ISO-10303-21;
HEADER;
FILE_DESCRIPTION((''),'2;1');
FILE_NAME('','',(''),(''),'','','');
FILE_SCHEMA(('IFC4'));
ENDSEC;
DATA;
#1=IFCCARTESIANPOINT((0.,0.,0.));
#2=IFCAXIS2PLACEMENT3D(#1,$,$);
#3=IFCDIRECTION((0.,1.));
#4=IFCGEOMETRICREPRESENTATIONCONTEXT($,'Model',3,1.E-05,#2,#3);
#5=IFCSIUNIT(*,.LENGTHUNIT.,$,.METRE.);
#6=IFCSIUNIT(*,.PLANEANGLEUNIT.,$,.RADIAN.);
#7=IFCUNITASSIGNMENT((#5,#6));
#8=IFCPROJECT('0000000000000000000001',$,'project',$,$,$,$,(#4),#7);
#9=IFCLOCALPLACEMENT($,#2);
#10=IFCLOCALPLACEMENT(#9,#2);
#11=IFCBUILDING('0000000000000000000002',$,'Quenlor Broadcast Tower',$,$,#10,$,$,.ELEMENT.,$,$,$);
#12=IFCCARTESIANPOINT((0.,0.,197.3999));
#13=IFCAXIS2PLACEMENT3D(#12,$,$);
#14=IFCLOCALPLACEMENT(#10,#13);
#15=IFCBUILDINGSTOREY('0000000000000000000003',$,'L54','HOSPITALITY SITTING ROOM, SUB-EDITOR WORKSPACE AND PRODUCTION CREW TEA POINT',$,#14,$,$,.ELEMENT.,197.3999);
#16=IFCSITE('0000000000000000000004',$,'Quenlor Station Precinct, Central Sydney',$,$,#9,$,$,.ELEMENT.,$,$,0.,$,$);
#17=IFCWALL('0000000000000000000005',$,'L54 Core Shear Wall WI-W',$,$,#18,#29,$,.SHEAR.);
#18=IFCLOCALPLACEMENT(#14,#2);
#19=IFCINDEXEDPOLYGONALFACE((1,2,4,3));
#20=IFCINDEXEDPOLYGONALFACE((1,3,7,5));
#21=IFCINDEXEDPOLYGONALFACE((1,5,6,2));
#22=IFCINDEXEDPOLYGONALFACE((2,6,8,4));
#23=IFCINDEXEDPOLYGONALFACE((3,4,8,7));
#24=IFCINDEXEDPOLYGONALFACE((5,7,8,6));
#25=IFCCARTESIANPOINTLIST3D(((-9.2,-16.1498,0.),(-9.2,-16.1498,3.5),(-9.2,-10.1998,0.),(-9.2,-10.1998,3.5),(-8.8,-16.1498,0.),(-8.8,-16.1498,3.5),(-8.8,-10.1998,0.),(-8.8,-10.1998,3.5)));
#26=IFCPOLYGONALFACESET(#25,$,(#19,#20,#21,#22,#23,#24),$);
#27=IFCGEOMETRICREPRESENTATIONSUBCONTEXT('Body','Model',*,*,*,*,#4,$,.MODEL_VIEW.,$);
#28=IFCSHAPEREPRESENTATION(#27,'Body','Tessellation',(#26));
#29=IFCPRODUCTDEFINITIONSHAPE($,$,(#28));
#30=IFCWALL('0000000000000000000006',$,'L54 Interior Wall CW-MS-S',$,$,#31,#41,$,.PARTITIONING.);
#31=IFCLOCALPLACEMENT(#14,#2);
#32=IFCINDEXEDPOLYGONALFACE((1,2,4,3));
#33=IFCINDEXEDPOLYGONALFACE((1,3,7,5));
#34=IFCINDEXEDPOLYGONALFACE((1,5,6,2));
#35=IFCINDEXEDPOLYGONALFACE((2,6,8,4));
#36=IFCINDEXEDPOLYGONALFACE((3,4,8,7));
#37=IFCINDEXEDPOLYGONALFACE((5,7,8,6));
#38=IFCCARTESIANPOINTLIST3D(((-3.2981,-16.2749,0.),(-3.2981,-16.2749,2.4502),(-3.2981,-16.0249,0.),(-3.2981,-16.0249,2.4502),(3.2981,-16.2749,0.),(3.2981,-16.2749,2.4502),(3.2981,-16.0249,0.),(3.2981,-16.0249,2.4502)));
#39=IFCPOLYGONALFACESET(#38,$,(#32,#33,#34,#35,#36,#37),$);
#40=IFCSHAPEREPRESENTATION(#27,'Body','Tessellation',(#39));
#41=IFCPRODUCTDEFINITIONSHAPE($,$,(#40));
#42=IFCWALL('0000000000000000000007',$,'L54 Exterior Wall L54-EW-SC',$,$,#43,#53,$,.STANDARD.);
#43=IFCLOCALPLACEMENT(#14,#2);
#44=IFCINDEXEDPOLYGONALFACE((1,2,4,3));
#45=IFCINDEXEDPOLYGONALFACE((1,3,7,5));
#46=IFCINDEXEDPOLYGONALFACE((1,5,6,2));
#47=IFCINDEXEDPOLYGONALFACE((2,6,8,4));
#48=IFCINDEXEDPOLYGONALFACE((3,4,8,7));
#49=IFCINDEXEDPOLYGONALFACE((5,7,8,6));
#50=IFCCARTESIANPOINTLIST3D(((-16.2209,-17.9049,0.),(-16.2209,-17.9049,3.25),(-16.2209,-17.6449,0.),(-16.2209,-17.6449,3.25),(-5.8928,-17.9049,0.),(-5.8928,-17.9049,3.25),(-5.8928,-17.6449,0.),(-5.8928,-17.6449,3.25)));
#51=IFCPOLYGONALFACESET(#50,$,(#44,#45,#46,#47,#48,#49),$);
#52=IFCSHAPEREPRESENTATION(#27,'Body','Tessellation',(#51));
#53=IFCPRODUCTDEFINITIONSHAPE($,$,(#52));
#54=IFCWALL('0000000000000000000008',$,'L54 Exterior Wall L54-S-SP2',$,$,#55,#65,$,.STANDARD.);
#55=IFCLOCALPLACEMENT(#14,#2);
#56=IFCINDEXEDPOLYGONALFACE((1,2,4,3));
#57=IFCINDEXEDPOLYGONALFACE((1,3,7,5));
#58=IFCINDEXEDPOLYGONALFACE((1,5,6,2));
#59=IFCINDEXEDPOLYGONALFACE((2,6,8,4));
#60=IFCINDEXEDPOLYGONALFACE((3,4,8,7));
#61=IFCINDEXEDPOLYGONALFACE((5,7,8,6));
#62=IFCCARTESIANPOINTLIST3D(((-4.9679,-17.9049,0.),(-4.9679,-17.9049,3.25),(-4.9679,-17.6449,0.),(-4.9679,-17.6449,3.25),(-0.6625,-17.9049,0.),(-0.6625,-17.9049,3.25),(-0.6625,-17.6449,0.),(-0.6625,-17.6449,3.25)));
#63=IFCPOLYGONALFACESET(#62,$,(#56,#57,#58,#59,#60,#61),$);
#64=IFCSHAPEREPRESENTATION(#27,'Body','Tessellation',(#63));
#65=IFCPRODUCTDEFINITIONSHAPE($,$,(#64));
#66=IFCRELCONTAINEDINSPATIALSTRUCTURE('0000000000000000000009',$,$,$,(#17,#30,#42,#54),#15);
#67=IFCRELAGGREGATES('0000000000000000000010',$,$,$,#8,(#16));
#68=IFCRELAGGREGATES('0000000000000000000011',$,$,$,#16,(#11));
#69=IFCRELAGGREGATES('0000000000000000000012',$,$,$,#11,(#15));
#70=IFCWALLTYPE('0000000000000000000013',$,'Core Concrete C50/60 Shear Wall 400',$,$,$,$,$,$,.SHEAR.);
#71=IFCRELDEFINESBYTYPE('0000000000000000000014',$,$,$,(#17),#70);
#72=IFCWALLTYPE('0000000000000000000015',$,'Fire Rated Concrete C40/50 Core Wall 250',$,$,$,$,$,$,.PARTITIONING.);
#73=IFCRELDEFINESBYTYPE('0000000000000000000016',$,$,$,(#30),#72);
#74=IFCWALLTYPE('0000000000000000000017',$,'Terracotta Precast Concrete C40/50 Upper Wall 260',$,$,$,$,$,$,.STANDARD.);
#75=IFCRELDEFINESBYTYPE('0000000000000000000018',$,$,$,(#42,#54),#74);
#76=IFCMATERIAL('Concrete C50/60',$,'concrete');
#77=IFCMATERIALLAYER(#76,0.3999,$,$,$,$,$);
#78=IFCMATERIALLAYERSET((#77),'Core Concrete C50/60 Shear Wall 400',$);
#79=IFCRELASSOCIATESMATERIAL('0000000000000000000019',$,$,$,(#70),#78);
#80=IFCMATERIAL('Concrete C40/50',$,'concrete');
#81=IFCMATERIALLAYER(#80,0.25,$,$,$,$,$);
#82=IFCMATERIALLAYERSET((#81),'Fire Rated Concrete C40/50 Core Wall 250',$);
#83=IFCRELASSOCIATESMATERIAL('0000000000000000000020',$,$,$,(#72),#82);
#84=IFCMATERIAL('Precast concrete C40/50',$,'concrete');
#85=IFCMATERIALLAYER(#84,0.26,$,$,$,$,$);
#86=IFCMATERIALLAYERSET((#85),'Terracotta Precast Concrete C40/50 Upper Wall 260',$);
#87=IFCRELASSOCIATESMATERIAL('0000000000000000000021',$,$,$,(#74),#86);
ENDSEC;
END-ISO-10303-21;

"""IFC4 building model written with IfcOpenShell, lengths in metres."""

from ifc_helpers import new_model, si_unit, direction, frame, frame_2d, origin, place, context, subcontext, project, spatial, rectangle, extrude, material, layer, layer_set, type_object, element, save


model = new_model("IFC4")

# Units and contexts
model_context = context("Model", 3, precision=1e-05, world=origin(), true_north=direction((0.0, 1.0)))
body_context = subcontext(model_context, "Body", "Model", "MODEL_VIEW")
ifc_project = project(units=[si_unit("LENGTHUNIT", "METRE"), si_unit("PLANEANGLEUNIT", "RADIAN")], contexts=[model_context])

# Site, building, storey
site_placement = place(None, origin())
site = spatial("IfcSite", under=ifc_project, at=site_placement, Name="Quenlor Station Precinct, Central Sydney", CompositionType="ELEMENT", RefElevation=0.0)
building_placement = place(site_placement, origin())
building = spatial("IfcBuilding", under=site, at=building_placement, Name="Quenlor Broadcast Tower", CompositionType="ELEMENT")
storey_placement = place(building_placement, frame((0.0, 0.0, 197.3999)))
storey = spatial("IfcBuildingStorey", under=building, at=storey_placement, Name="L54", Description="HOSPITALITY SITTING ROOM, SUB-EDITOR WORKSPACE AND PRODUCTION CREW TEA POINT", CompositionType="ELEMENT", Elevation=197.3999)

# Walls
ifc_material_1 = material(Name="Concrete C50/60", Category="concrete")
ifc_layer_1 = layer(ifc_material_1, 0.3999)
ifc_layer_set_1 = layer_set([ifc_layer_1], Name="Core Concrete C50/60 Shear Wall 400")
wall_type_1 = type_object("IfcWallType", Name="Core Concrete C50/60 Shear Wall 400", PredefinedType="SHEAR", material=ifc_layer_set_1)
wall_1_placement = place(storey_placement, frame((-9.0, -16.1499, 0.0), z_axis=(0.0, 0.0, 1.0), x_axis=(0.0, 1.0, 0.0)))
element("IfcWall", 1, at=wall_1_placement, inside=storey, type_object=wall_type_1, Name="L54 Core Shear Wall WI-W", PredefinedType="SHEAR", context=body_context, shape_type="SweptSolid", body=[
    extrude(rectangle(XDim=5.95, YDim=0.3999, at=frame_2d((2.9751, 0.0))), origin(), (0.0, 0.0, 1.0), 3.5),
])
ifc_material_2 = material(Name="Concrete C40/50", Category="concrete")
ifc_layer_2 = layer(ifc_material_2, 0.25)
ifc_layer_set_2 = layer_set([ifc_layer_2], Name="Fire Rated Concrete C40/50 Core Wall 250")
wall_type_2 = type_object("IfcWallType", Name="Fire Rated Concrete C40/50 Core Wall 250", PredefinedType="PARTITIONING", material=ifc_layer_set_2)
wall_2_placement = place(storey_placement, frame((-3.2981, -16.1499, 0.0), z_axis=(0.0, 0.0, 1.0), x_axis=(1.0, 0.0, 0.0)))
element("IfcWall", 2, at=wall_2_placement, inside=storey, type_object=wall_type_2, Name="L54 Interior Wall CW-MS-S", PredefinedType="PARTITIONING", context=body_context, shape_type="SweptSolid", body=[
    extrude(rectangle(XDim=6.5962, YDim=0.25, at=frame_2d((3.2981, 0.0))), origin(), (0.0, 0.0, 1.0), 2.4502),
])
ifc_material_3 = material(Name="Precast concrete C40/50", Category="concrete")
ifc_layer_3 = layer(ifc_material_3, 0.26)
ifc_layer_set_3 = layer_set([ifc_layer_3], Name="Terracotta Precast Concrete C40/50 Upper Wall 260")
wall_type_3 = type_object("IfcWallType", Name="Terracotta Precast Concrete C40/50 Upper Wall 260", PredefinedType="STANDARD", material=ifc_layer_set_3)
wall_3_placement = place(storey_placement, frame((-5.8928, -17.7749, 0.0), z_axis=(0.0, 0.0, 1.0), x_axis=(-1.0, 0.0, 0.0)))
element("IfcWall", 3, at=wall_3_placement, inside=storey, type_object=wall_type_3, Name="L54 Exterior Wall L54-EW-SC", PredefinedType="STANDARD", context=body_context, shape_type="SweptSolid", body=[
    extrude(rectangle(XDim=10.3281, YDim=0.26, at=frame_2d((5.1641, 0.0))), origin(), (0.0, 0.0, 1.0), 3.25),
])
wall_4_placement = place(storey_placement, frame((-0.6624, -17.7749, 0.0), z_axis=(0.0, 0.0, 1.0), x_axis=(-1.0, 0.0, 0.0)))
element("IfcWall", 4, at=wall_4_placement, inside=storey, type_object=wall_type_3, Name="L54 Exterior Wall L54-S-SP2", PredefinedType="STANDARD", context=body_context, shape_type="SweptSolid", body=[
    extrude(rectangle(XDim=4.3054, YDim=0.26, at=frame_2d((2.1528, 0.0))), origin(), (0.0, 0.0, 1.0), 3.25),
])

save(model, "model.ifc")
